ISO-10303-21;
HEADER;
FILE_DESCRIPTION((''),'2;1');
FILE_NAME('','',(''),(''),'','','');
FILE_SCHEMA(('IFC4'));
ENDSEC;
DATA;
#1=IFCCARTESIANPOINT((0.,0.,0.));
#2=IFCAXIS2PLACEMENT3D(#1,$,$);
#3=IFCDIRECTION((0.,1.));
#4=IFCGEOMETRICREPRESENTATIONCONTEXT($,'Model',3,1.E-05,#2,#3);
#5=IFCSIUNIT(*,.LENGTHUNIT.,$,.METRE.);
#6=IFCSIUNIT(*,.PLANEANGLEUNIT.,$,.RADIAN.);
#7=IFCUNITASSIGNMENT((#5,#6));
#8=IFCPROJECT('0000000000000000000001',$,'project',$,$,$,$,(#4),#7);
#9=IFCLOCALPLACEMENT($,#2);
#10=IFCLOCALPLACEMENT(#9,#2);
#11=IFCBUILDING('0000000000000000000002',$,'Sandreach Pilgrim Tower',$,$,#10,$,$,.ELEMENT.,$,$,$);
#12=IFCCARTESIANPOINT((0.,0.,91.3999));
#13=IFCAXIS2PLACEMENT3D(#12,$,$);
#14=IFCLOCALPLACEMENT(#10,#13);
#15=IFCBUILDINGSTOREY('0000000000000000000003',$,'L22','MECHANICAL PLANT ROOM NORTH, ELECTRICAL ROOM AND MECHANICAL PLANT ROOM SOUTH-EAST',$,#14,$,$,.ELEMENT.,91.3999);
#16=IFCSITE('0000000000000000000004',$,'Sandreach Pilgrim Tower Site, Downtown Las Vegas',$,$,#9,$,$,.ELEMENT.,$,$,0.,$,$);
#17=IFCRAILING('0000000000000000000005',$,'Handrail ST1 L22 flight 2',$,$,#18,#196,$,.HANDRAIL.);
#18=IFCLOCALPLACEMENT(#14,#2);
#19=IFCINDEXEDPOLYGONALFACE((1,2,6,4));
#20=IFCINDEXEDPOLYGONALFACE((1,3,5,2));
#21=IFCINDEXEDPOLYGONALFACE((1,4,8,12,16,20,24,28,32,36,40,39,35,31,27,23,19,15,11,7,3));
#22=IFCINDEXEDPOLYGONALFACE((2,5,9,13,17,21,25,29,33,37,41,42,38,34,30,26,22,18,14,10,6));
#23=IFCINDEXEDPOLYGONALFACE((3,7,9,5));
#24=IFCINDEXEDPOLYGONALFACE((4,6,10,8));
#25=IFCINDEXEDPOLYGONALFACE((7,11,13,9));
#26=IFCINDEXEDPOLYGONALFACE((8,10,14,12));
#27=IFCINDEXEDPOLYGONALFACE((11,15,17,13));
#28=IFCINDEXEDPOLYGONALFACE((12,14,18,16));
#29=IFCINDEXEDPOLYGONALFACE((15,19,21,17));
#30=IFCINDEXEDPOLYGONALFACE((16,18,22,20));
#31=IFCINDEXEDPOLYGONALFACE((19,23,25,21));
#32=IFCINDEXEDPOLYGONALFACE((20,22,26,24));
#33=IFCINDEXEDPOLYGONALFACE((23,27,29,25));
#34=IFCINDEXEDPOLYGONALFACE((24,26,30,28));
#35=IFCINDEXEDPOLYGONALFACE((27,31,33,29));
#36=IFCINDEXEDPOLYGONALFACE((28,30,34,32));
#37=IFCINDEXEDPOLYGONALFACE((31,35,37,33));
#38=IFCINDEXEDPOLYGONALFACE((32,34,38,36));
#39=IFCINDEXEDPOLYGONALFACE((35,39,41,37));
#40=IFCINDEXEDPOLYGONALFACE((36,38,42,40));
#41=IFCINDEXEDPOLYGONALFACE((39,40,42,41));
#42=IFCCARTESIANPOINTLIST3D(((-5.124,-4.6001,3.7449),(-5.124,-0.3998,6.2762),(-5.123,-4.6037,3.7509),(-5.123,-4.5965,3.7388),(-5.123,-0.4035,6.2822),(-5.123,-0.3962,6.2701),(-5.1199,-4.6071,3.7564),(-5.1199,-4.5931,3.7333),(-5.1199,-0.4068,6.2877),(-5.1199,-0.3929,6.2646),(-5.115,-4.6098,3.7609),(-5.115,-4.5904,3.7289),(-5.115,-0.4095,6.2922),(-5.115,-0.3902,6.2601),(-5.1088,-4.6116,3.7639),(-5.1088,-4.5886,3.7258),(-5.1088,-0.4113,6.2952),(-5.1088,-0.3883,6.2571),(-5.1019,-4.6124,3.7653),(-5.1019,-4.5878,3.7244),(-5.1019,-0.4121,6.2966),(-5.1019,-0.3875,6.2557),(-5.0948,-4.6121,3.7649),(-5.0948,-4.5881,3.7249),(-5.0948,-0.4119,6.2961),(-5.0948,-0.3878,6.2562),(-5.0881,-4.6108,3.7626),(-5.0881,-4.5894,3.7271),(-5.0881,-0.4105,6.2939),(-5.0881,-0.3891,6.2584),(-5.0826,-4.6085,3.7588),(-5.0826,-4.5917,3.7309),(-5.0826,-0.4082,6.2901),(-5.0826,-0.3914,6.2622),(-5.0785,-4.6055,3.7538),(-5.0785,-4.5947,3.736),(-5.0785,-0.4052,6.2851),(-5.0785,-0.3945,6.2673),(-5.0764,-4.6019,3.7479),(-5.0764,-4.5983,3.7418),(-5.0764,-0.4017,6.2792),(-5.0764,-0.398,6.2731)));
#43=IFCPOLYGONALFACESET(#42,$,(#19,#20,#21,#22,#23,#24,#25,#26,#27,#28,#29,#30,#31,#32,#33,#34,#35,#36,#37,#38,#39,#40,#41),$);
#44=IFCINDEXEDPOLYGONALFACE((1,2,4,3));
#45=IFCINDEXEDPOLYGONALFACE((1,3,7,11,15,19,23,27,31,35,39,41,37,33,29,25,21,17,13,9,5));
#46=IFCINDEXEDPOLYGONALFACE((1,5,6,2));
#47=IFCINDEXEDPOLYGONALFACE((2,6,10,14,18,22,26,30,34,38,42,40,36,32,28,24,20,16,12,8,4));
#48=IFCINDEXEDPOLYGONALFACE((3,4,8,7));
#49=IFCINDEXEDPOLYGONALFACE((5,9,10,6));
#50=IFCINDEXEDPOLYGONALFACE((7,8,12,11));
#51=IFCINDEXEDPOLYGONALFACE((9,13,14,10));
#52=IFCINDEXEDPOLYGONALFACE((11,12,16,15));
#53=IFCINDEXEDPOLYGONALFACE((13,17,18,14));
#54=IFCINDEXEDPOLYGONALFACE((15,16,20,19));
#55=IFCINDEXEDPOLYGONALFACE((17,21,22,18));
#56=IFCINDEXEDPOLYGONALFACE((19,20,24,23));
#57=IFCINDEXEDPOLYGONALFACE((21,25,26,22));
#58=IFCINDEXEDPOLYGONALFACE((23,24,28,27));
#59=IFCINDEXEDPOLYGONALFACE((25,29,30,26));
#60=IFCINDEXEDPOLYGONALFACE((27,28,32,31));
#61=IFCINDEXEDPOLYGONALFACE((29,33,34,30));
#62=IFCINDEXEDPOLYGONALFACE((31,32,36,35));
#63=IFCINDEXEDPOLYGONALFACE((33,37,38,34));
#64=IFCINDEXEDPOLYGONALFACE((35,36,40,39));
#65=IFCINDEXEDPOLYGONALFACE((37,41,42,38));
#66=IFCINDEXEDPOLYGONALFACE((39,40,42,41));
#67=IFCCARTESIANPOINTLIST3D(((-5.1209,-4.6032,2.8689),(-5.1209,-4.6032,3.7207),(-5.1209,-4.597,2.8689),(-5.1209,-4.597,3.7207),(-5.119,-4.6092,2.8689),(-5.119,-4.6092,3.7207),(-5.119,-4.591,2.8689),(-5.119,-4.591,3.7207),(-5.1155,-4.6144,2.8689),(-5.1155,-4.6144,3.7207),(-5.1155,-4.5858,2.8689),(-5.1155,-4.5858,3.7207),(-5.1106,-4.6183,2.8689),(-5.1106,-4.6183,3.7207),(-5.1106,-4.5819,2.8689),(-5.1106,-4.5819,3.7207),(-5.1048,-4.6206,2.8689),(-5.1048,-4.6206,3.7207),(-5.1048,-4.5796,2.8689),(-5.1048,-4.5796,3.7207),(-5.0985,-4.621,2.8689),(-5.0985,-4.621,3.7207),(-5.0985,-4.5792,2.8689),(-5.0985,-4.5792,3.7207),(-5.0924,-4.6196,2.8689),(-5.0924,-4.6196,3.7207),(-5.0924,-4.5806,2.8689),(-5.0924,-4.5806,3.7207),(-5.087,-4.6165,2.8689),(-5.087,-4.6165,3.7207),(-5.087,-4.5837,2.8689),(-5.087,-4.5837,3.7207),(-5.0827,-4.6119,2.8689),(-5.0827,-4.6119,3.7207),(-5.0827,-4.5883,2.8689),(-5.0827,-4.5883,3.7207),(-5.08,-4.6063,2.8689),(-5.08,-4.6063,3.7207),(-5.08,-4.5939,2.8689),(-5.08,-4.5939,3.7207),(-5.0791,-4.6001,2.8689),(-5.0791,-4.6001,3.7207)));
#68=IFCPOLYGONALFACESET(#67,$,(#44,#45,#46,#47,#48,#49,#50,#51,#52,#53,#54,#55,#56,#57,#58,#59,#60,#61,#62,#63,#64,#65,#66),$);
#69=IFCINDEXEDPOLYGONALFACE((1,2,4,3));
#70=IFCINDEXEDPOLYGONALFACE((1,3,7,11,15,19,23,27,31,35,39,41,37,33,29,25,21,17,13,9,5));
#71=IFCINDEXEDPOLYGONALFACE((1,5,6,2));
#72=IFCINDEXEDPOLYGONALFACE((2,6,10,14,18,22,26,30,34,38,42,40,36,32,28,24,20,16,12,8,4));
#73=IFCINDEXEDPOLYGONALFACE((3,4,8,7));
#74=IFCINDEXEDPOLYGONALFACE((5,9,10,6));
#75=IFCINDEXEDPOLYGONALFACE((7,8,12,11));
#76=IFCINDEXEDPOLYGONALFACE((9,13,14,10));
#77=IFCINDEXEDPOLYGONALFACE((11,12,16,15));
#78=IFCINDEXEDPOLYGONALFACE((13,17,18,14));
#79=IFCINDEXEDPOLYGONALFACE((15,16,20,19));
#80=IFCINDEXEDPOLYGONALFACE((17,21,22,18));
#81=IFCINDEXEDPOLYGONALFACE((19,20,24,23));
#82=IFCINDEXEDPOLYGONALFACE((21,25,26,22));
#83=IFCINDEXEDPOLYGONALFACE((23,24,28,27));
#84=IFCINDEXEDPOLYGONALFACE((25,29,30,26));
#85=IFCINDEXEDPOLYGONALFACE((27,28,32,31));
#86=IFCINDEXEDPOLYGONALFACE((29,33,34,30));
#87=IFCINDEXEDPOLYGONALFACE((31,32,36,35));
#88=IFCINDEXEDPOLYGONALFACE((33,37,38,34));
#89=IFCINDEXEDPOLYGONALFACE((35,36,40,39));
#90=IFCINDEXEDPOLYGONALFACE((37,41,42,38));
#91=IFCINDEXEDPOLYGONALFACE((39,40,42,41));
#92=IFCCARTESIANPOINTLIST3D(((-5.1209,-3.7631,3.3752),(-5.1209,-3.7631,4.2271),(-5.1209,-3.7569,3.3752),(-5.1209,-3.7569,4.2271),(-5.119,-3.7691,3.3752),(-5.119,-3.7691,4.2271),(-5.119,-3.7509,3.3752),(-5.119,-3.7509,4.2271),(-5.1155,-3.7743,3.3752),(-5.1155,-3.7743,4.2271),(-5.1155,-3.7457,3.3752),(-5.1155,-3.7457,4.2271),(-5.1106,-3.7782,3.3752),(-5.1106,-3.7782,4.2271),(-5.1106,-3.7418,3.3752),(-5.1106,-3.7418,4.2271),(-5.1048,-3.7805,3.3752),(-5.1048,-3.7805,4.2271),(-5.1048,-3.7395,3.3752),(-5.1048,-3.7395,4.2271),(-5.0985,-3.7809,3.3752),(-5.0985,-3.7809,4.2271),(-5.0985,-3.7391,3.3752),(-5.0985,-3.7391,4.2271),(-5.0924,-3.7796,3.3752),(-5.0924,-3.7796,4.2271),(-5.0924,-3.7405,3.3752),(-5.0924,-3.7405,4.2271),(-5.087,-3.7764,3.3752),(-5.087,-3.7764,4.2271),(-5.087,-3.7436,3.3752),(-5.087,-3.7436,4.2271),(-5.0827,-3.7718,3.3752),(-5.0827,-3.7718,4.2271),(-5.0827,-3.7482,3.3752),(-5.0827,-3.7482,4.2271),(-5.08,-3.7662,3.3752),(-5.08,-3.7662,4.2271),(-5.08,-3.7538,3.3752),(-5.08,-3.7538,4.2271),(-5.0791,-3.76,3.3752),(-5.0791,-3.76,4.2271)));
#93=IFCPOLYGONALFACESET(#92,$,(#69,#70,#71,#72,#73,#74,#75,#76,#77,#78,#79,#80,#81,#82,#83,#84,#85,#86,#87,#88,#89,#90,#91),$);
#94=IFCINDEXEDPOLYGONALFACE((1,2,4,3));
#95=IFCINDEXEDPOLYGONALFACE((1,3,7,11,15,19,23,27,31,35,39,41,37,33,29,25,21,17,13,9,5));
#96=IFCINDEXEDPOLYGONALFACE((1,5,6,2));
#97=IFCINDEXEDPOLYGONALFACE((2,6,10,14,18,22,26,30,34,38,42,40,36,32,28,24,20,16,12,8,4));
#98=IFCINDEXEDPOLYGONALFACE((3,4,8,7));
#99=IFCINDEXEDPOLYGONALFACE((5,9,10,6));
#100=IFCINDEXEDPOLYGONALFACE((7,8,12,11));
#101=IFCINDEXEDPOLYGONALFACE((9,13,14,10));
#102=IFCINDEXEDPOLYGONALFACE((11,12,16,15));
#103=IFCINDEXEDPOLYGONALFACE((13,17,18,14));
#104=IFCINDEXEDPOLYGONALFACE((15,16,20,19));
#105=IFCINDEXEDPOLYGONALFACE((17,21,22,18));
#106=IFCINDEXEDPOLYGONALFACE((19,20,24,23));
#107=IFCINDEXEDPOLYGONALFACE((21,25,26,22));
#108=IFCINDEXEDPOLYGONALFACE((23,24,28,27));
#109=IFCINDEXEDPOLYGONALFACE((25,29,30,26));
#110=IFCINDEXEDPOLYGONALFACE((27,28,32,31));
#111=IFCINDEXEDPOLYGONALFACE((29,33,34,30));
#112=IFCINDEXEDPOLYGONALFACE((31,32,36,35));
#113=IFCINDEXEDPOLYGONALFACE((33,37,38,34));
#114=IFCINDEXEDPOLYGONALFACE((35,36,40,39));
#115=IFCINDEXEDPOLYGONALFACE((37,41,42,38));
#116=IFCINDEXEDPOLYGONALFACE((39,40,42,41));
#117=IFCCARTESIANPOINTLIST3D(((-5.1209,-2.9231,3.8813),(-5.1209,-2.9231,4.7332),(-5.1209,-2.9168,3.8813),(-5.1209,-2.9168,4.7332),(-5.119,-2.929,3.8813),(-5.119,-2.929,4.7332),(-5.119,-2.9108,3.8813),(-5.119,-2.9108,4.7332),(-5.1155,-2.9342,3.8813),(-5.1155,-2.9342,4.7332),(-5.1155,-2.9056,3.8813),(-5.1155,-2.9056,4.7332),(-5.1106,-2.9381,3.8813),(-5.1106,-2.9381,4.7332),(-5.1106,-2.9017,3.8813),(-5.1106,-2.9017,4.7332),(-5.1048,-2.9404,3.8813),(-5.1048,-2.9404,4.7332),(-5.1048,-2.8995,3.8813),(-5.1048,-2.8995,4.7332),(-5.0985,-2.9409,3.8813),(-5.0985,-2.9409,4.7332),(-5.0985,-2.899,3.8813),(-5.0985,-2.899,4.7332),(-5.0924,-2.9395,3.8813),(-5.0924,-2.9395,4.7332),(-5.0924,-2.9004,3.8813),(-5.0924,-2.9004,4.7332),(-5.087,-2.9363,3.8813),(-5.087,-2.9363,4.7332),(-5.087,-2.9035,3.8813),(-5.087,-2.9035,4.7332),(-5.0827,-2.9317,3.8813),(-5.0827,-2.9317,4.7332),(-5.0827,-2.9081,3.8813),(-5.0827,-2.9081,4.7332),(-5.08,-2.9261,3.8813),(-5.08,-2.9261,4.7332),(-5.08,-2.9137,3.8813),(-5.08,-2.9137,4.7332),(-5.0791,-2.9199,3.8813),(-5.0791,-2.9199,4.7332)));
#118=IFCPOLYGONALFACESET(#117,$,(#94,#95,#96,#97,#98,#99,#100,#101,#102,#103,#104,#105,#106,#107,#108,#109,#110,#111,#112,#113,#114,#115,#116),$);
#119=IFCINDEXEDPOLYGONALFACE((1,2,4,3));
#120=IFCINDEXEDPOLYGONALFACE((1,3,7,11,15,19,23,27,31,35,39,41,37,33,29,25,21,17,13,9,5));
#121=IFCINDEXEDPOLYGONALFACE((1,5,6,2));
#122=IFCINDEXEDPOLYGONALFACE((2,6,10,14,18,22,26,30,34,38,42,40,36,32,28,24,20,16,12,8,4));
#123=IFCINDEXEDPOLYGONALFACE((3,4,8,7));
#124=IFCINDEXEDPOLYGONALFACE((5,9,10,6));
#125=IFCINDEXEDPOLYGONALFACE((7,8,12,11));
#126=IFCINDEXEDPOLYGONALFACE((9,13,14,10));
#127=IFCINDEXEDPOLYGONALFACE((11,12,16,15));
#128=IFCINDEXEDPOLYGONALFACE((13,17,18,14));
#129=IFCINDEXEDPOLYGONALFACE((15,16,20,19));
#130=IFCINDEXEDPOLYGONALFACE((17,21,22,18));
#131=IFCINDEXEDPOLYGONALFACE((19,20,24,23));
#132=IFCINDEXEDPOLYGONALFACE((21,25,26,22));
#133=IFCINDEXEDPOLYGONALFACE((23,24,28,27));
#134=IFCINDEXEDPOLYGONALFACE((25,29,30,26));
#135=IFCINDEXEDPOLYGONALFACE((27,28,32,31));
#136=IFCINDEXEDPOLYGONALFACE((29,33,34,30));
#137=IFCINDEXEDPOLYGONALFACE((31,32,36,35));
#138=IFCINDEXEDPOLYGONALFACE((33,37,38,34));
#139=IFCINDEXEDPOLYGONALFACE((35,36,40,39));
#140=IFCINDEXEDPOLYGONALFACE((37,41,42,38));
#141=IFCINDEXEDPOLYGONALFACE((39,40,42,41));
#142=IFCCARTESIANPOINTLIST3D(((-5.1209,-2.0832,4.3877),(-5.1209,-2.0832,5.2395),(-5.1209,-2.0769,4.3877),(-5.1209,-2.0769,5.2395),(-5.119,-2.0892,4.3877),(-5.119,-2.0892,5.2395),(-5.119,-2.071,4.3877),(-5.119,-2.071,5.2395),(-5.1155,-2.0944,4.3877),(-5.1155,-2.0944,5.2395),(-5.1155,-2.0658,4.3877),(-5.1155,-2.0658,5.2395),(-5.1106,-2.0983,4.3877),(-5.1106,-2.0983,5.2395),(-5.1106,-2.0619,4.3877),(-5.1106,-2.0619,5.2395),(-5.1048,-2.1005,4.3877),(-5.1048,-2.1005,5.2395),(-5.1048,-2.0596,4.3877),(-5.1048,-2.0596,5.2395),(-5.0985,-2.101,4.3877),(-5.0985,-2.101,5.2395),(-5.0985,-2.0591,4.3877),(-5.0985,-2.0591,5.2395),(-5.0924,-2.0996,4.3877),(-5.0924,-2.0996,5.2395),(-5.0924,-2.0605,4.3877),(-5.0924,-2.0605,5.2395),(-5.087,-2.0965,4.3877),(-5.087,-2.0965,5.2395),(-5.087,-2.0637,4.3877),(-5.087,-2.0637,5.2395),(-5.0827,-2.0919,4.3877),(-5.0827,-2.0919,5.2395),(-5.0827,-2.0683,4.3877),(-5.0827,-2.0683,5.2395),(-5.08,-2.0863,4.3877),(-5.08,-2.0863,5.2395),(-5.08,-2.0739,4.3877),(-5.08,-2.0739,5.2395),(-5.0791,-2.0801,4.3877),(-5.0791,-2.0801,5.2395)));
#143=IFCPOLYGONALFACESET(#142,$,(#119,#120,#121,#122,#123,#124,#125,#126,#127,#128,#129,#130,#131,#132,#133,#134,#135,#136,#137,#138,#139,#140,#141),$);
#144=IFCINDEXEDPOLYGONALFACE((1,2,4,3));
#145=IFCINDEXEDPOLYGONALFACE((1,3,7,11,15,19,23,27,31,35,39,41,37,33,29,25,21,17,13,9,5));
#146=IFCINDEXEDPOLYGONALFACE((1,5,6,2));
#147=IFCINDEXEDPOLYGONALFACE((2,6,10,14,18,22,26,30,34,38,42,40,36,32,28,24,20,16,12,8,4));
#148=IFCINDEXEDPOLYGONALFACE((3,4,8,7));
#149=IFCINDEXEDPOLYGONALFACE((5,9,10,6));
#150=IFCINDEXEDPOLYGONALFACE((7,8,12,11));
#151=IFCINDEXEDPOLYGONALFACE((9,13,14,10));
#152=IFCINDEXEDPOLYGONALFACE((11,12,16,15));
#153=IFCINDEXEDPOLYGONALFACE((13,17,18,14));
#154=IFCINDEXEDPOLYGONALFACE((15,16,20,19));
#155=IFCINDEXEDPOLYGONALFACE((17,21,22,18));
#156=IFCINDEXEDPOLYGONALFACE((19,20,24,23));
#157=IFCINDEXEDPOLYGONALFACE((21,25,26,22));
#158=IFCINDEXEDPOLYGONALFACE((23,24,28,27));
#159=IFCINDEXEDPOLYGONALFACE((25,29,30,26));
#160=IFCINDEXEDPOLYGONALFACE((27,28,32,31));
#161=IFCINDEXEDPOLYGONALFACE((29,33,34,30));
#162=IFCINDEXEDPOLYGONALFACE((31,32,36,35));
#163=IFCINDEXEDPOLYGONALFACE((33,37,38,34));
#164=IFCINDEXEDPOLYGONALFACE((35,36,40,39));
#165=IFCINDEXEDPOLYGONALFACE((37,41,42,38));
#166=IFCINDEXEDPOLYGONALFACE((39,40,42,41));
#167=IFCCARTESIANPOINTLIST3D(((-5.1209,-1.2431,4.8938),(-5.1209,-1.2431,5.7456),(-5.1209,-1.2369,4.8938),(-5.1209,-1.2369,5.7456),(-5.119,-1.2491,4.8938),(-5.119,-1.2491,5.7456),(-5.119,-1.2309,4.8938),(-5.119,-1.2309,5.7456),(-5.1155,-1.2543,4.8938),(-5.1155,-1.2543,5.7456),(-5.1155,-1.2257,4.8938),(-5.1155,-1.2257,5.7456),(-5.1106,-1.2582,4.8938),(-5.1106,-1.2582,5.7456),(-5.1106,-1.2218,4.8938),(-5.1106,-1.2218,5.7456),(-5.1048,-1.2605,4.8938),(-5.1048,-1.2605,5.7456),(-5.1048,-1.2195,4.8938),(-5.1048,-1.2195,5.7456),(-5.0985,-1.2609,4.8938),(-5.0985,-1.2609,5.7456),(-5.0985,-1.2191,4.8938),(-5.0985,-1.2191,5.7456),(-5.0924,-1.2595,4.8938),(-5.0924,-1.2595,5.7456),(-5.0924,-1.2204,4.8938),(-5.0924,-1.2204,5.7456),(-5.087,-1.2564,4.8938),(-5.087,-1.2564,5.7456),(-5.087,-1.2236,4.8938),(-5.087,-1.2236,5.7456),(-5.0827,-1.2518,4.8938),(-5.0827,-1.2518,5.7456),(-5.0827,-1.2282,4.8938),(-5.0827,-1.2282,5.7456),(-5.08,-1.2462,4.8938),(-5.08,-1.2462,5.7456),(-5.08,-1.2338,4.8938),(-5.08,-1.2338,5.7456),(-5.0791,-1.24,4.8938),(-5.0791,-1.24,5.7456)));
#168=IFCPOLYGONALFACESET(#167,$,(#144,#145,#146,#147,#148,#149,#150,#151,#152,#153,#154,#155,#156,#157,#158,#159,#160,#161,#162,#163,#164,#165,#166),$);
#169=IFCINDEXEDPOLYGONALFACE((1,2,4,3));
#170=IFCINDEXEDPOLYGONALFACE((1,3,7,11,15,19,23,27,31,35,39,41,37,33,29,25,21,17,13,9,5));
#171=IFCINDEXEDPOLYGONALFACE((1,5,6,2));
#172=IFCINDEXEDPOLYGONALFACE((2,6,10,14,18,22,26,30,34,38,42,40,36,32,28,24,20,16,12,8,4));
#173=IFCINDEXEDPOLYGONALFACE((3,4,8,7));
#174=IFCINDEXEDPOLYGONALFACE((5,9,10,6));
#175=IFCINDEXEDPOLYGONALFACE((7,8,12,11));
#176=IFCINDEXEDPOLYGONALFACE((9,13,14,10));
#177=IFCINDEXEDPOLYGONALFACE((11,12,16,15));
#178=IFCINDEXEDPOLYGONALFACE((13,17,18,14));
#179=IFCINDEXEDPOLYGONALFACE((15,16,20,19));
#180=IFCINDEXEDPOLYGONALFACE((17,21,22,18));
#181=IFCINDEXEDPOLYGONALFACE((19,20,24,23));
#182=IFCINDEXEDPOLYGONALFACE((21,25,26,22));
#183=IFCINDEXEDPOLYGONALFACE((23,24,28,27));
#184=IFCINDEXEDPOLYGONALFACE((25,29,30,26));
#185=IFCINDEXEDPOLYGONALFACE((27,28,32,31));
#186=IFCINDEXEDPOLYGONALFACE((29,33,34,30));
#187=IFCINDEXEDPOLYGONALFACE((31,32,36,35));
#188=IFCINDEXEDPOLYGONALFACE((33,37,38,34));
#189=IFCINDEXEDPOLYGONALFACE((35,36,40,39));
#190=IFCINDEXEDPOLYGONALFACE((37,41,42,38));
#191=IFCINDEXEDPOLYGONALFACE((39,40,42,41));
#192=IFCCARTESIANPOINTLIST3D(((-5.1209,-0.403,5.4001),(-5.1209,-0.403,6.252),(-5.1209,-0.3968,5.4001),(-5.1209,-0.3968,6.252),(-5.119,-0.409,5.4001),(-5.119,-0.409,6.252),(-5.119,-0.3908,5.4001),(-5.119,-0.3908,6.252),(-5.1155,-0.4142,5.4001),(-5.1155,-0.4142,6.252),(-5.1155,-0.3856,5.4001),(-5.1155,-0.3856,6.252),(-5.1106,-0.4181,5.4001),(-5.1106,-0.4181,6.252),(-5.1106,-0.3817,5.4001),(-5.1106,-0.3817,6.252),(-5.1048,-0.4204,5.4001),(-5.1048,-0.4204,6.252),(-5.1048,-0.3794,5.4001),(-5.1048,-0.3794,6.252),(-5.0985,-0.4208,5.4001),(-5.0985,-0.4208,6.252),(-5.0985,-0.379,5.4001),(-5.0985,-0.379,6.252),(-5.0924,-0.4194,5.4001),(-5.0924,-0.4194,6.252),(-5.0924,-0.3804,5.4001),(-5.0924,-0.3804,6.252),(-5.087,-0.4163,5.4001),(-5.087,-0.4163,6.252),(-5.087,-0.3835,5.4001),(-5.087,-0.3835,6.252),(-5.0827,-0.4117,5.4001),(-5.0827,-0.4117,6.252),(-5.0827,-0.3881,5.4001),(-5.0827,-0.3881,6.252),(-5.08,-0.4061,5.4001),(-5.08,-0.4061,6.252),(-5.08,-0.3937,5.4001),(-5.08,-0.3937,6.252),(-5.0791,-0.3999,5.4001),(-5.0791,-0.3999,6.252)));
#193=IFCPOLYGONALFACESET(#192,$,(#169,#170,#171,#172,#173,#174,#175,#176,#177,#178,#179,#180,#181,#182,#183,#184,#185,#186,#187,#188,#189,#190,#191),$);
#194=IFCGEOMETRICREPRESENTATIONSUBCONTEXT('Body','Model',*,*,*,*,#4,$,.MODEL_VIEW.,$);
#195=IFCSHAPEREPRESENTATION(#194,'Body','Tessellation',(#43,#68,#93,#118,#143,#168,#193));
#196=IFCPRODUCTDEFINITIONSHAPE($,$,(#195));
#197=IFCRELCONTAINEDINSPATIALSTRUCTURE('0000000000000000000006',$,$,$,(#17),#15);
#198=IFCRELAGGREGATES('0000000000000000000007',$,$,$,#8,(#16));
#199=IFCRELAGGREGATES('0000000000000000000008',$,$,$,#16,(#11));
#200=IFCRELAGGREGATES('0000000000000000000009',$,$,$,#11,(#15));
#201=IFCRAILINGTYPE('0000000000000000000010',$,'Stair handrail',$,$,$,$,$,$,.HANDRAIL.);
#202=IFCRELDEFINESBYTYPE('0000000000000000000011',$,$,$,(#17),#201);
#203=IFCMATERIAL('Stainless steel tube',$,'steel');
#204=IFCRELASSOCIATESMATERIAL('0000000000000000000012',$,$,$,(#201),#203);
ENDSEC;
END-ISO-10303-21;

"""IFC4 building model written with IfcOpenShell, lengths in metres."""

from ifc_helpers import new_model, si_unit, direction, frame, origin, origin_2d, place, context, subcontext, project, spatial, circle, extrude, material, type_object, element, save


model = new_model("IFC4")

# Units and contexts
model_context = context("Model", 3, precision=1e-05, world=origin(), true_north=direction((0.0, 1.0)))
body_context = subcontext(model_context, "Body", "Model", "MODEL_VIEW")
ifc_project = project(units=[si_unit("LENGTHUNIT", "METRE"), si_unit("PLANEANGLEUNIT", "RADIAN")], contexts=[model_context])

# Site, building, storey
site_placement = place(None, origin())
site = spatial("IfcSite", under=ifc_project, at=site_placement, Name="Sandreach Pilgrim Tower Site, Downtown Las Vegas", CompositionType="ELEMENT", RefElevation=0.0)
building_placement = place(site_placement, origin())
building = spatial("IfcBuilding", under=site, at=building_placement, Name="Sandreach Pilgrim Tower", CompositionType="ELEMENT")
storey_placement = place(building_placement, frame((0.0, 0.0, 91.3999)))
storey = spatial("IfcBuildingStorey", under=building, at=storey_placement, Name="L22", Description="MECHANICAL PLANT ROOM NORTH, ELECTRICAL ROOM AND MECHANICAL PLANT ROOM SOUTH-EAST", CompositionType="ELEMENT", Elevation=91.3999)

# Railing
ifc_material_1 = material(Name="Stainless steel tube", Category="steel")
railing_type = type_object("IfcRailingType", Name="Stair handrail", PredefinedType="HANDRAIL", material=ifc_material_1)
for number, where, name in (
    (1, (-5.1001, -4.6001, 2.8689), "Handrail ST1 L22 flight 2"),
):
    element("IfcRailing", number, at=place(storey_placement, frame(where)), inside=storey, type_object=railing_type, Name=name, PredefinedType="HANDRAIL", context=body_context, shape_type="SweptSolid", body=[
        extrude(circle(Radius=0.0239, at=origin_2d()), frame((0.0, 0.0, 0.876), z_axis=(0.0, 0.85649, 0.516164), x_axis=(-1.0, 0.0, 0.0)), (0.0, 0.0, 1.0), 4.9041),
        extrude(circle(Radius=0.021, at=origin_2d()), origin(), (0.0, 0.0, 1.0), 0.8518),
        extrude(circle(Radius=0.021, at=origin_2d()), frame((0.0, 0.8401, 0.5063)), (0.0, 0.0, 1.0), 0.8518),
        extrude(circle(Radius=0.021, at=origin_2d()), frame((0.0, 1.6802, 1.0125)), (0.0, 0.0, 1.0), 0.8518),
        extrude(circle(Radius=0.021, at=origin_2d()), frame((0.0, 2.52, 1.5188)), (0.0, 0.0, 1.0), 0.8518),
        extrude(circle(Radius=0.021, at=origin_2d()), frame((0.0, 3.3601, 2.0249)), (0.0, 0.0, 1.0), 0.8518),
        extrude(circle(Radius=0.021, at=origin_2d()), frame((0.0, 4.2002, 2.5312)), (0.0, 0.0, 1.0), 0.8518),
    ])

save(model, "model.ifc")
